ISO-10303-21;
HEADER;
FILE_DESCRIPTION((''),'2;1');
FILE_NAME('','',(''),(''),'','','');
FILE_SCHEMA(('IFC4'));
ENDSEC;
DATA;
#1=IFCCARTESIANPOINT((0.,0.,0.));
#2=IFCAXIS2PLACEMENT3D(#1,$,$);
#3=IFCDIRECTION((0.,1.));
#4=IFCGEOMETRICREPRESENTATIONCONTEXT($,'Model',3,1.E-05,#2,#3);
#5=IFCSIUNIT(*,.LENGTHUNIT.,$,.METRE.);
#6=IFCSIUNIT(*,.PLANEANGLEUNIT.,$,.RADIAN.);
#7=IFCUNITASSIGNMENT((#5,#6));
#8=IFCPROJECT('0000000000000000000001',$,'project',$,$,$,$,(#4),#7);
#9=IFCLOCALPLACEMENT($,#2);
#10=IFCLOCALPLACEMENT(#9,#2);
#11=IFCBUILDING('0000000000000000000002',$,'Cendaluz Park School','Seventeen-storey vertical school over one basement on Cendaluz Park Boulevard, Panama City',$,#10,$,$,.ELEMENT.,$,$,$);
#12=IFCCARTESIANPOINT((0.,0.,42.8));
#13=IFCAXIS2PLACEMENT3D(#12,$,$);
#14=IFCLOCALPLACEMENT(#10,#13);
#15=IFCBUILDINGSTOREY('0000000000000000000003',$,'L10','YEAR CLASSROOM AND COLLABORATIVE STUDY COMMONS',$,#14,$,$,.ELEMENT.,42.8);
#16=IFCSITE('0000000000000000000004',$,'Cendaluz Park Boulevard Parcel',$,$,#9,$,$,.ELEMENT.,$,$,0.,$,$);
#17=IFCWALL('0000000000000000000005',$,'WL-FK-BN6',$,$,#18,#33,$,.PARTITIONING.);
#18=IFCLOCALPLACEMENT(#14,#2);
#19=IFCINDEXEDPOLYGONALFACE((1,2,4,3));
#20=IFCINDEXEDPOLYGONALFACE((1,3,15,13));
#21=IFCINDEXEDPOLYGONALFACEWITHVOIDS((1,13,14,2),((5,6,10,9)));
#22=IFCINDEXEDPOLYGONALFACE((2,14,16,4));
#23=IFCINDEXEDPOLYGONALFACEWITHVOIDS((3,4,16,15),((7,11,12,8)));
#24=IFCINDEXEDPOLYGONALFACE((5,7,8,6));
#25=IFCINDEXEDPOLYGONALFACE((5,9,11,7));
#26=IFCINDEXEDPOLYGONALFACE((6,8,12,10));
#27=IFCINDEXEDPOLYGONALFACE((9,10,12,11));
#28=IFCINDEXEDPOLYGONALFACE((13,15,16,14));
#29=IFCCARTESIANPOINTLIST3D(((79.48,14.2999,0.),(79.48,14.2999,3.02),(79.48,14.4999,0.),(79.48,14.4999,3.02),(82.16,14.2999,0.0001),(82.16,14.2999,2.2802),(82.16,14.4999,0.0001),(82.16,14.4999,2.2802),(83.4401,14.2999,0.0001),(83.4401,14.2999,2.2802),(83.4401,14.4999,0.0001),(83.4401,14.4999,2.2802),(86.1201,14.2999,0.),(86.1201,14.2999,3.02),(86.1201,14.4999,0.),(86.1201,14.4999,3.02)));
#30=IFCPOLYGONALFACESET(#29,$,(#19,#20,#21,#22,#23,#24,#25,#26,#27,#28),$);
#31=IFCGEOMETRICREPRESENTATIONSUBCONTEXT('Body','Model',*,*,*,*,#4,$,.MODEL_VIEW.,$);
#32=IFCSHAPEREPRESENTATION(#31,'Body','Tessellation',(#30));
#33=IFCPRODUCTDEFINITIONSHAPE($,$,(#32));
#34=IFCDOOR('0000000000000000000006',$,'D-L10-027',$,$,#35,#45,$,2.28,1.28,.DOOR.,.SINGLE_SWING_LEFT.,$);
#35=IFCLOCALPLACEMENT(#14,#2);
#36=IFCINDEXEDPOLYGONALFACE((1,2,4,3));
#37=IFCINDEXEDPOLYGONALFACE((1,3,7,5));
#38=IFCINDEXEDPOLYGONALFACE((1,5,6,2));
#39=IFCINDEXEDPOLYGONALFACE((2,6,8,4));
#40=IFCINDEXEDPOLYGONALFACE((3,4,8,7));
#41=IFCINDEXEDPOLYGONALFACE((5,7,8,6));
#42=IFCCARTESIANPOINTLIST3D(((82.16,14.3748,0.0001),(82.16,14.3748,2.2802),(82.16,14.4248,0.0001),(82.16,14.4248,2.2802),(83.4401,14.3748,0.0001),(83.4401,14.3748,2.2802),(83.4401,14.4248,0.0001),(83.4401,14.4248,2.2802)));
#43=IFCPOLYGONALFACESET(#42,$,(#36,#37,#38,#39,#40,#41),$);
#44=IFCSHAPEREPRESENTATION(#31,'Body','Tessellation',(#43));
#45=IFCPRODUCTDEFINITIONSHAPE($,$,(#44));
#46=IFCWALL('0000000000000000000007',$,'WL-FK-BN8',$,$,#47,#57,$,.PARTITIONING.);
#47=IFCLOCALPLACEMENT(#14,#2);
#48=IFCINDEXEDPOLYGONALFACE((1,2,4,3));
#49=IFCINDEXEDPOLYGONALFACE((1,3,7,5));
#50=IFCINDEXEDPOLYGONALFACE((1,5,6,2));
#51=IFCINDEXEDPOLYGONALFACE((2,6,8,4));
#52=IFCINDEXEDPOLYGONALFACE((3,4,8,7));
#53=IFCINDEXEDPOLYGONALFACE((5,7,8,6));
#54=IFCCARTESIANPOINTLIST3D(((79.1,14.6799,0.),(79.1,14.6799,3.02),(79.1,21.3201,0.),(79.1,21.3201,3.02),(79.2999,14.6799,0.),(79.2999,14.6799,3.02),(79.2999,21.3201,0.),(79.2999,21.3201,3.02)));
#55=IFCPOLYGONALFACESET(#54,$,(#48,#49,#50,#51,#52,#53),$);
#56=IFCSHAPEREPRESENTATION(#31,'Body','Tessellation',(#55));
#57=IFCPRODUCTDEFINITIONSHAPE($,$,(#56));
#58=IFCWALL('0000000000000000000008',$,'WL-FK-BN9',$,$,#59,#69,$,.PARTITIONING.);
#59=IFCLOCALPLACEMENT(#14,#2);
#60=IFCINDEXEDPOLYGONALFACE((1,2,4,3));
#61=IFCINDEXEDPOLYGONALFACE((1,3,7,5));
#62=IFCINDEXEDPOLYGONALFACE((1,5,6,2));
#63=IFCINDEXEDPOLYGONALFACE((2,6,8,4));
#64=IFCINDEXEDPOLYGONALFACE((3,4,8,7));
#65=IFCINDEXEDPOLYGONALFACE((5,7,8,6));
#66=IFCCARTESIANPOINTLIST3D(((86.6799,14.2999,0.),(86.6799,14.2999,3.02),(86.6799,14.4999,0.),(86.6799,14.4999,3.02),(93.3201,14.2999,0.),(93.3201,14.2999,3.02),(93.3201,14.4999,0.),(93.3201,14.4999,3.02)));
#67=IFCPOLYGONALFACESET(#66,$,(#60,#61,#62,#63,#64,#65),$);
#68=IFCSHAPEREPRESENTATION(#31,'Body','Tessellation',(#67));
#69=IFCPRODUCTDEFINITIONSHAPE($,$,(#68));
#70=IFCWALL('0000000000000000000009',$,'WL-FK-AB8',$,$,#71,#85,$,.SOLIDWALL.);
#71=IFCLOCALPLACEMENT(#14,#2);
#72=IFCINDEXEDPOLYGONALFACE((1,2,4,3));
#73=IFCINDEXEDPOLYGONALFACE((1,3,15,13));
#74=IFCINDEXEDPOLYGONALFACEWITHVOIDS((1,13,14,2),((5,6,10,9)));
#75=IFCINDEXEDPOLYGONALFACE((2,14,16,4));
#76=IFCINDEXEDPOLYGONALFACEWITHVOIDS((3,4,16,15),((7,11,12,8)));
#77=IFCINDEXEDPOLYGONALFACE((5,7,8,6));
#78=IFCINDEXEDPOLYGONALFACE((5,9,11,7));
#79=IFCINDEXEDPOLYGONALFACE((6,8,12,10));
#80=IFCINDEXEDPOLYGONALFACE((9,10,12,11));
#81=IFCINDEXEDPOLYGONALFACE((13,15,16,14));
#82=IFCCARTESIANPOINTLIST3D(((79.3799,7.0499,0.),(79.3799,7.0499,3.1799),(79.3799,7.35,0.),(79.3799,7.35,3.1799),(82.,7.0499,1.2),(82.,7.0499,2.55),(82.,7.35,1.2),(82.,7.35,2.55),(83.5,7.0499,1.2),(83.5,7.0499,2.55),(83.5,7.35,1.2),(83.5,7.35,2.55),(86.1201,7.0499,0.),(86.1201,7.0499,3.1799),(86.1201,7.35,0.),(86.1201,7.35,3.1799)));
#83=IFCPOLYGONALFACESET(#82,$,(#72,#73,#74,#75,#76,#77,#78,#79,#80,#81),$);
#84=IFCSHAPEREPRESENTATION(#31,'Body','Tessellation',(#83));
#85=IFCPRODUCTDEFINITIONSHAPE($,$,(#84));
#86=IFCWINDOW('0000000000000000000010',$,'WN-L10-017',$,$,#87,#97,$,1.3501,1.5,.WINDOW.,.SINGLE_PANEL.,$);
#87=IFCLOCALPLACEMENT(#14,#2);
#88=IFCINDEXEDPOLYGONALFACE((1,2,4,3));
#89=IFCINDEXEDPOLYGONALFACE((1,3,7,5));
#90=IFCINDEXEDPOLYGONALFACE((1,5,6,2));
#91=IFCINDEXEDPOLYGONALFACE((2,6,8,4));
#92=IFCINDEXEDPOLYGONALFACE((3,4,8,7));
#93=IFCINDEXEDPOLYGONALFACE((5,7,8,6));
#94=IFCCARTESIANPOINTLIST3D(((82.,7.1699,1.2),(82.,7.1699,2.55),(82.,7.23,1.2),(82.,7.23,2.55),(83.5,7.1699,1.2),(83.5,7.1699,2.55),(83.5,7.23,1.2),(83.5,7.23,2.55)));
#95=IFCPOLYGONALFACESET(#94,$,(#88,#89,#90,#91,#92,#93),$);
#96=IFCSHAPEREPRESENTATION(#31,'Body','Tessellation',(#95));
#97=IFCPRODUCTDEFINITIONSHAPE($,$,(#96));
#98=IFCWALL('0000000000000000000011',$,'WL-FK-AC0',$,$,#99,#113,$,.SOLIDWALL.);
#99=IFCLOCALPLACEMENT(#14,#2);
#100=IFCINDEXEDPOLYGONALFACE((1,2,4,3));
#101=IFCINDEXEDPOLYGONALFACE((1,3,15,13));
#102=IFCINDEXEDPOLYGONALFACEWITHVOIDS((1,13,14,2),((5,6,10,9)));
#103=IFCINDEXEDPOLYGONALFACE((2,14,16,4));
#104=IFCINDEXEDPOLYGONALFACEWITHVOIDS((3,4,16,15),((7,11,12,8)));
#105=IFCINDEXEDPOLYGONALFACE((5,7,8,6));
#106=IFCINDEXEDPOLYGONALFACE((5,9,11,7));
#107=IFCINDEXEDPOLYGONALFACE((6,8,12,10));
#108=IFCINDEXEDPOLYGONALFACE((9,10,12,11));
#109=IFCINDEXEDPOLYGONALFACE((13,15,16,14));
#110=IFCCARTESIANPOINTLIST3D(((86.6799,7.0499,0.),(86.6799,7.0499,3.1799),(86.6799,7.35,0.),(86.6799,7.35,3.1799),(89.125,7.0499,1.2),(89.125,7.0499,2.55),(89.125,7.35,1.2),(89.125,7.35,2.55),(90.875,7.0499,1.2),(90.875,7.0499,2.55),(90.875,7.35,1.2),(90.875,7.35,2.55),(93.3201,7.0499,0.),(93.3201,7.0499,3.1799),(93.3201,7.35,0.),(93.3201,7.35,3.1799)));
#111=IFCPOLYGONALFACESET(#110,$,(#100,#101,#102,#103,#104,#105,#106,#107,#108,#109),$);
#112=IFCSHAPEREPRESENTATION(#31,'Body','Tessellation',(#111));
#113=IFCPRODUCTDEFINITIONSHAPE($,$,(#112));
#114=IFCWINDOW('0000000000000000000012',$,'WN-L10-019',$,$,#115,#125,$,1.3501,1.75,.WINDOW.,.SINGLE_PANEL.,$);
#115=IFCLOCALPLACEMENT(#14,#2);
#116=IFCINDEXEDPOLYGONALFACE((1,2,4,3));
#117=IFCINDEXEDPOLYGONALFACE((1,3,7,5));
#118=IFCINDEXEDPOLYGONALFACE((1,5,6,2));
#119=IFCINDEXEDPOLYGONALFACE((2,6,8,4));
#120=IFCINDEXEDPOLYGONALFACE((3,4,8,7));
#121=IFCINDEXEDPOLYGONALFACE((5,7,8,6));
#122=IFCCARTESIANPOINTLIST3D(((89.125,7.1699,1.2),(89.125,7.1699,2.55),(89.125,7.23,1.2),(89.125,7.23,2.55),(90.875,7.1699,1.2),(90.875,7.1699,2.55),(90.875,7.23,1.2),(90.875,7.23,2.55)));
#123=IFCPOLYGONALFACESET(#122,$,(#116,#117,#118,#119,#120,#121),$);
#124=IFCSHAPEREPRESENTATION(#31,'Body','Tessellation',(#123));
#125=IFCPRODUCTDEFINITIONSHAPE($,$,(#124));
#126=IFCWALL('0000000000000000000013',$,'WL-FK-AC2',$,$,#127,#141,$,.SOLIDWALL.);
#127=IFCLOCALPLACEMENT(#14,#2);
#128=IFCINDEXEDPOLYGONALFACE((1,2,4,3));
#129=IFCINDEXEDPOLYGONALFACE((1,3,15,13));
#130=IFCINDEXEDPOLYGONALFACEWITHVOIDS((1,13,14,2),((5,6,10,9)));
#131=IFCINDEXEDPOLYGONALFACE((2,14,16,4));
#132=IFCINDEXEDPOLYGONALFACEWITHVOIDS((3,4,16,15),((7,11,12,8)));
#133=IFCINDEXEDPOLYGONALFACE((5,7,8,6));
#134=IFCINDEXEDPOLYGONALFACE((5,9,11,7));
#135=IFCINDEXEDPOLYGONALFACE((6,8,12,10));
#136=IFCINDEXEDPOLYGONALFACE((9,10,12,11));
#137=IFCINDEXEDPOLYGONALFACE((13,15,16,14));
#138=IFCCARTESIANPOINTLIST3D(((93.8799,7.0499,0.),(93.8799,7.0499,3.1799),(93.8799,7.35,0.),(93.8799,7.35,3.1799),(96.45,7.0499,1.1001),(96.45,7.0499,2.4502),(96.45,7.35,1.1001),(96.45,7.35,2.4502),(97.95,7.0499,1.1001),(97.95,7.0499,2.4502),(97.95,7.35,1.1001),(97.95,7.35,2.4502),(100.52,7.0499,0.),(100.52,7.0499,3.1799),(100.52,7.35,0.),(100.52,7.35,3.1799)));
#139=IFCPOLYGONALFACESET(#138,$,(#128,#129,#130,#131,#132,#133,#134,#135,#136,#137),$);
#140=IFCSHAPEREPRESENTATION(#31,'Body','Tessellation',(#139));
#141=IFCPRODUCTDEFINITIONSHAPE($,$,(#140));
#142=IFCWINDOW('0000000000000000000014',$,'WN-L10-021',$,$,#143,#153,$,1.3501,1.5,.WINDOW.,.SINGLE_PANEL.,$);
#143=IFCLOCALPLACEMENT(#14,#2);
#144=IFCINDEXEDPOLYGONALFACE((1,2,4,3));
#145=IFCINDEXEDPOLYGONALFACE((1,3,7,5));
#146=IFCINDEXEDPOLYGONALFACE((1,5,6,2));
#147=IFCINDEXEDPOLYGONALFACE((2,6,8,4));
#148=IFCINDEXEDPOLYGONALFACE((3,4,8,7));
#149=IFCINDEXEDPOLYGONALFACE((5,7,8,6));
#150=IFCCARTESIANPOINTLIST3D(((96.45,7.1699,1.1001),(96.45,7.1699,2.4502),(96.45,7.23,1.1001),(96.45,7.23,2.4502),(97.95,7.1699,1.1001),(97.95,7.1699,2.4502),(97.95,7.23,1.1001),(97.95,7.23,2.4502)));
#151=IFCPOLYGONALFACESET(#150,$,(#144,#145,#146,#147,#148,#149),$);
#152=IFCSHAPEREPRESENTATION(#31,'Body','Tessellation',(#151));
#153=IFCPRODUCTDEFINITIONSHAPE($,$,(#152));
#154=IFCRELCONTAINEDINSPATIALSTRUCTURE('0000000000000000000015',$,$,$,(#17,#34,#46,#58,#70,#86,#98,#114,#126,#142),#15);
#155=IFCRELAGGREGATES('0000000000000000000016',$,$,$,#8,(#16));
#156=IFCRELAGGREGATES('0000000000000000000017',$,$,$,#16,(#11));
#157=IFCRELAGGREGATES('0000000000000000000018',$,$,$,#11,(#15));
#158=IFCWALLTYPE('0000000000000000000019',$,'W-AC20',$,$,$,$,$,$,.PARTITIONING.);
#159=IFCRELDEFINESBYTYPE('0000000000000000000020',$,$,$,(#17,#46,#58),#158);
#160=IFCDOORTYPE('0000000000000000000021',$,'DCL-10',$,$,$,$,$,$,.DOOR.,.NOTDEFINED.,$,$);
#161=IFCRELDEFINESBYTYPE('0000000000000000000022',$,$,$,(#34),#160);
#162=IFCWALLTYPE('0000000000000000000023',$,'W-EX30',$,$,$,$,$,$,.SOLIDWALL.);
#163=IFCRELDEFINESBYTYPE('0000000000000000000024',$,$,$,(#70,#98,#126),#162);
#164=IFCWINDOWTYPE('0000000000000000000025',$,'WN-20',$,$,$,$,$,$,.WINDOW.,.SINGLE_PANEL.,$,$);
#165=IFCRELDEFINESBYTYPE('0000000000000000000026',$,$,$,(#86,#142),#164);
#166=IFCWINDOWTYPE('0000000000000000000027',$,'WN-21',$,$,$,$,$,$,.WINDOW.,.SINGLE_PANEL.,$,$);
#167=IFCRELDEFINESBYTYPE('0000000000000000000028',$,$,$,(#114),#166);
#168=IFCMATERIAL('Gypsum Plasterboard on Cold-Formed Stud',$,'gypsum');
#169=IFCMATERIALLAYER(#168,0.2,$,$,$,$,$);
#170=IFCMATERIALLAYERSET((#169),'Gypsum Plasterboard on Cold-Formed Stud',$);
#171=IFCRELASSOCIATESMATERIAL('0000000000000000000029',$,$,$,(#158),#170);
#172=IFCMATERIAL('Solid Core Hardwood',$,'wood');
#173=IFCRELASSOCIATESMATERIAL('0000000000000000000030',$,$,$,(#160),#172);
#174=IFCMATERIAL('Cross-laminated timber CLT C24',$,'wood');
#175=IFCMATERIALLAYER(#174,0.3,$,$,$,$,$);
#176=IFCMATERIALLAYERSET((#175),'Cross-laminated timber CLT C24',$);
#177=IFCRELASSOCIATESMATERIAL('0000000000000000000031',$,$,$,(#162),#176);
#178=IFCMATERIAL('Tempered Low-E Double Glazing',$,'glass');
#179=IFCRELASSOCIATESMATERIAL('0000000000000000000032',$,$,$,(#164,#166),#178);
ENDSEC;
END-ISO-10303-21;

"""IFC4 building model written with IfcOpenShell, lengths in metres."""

from ifc_helpers import new_model, si_unit, direction, frame, frame_2d, origin, place, context, subcontext, project, spatial, rectangle, extrude, material, layer, layer_set, type_object, element, fill, save


model = new_model("IFC4")

# Units and contexts
model_context = context("Model", 3, precision=1e-05, world=origin(), true_north=direction((0.0, 1.0)))
body_context = subcontext(model_context, "Body", "Model", "MODEL_VIEW")
ifc_project = project(units=[si_unit("LENGTHUNIT", "METRE"), si_unit("PLANEANGLEUNIT", "RADIAN")], contexts=[model_context])

# Site, building, storey
site_placement = place(None, origin())
site = spatial("IfcSite", under=ifc_project, at=site_placement, Name="Cendaluz Park Boulevard Parcel", CompositionType="ELEMENT", RefElevation=0.0)
building_placement = place(site_placement, origin())
building = spatial("IfcBuilding", under=site, at=building_placement, Name="Cendaluz Park School", Description="Seventeen-storey vertical school over one basement on Cendaluz Park Boulevard, Panama City", CompositionType="ELEMENT")
storey_placement = place(building_placement, frame((0.0, 0.0, 42.8)))
storey = spatial("IfcBuildingStorey", under=building, at=storey_placement, Name="L10", Description="YEAR CLASSROOM AND COLLABORATIVE STUDY COMMONS", CompositionType="ELEMENT", Elevation=42.8)

# Wall, opening, door
ifc_material_1 = material(Name="Gypsum Plasterboard on Cold-Formed Stud", Category="gypsum")
ifc_layer_1 = layer(ifc_material_1, 0.2)
ifc_layer_set_1 = layer_set([ifc_layer_1], Name="Gypsum Plasterboard on Cold-Formed Stud")
wall_type_1 = type_object("IfcWallType", Name="W-AC20", PredefinedType="PARTITIONING", material=ifc_layer_set_1)
wall_1_placement = place(storey_placement, frame((79.48, 14.3999, 0.0), z_axis=(0.0, 0.0, 1.0), x_axis=(1.0, 0.0, 0.0)))
wall_1 = element("IfcWall", 1, at=wall_1_placement, inside=storey, type_object=wall_type_1, Name="WL-FK-BN6", PredefinedType="PARTITIONING", context=body_context, shape_type="SweptSolid", body=[
    extrude(rectangle(XDim=6.6401, YDim=0.2, at=frame_2d((3.3201, 0.0))), origin(), (0.0, 0.0, 1.0), 3.02),
])
opening_1_placement = place(wall_1_placement, frame((2.6799, 0.0, 0.0)))
opening_1 = element("IfcOpeningElement", 2, at=opening_1_placement, cuts=wall_1, PredefinedType="OPENING", context=body_context, shape_type="SweptSolid", body=[
    extrude(rectangle(XDim=1.28, YDim=2.28, at=frame_2d((0.6401, 1.1401))), frame((0.0, 0.1121, 0.0), z_axis=(0.0, -1.0, 0.0), x_axis=(1.0, 0.0, 0.0)), (0.0, 0.0, 1.0), 0.2239),
])
ifc_material_2 = material(Name="Solid Core Hardwood", Category="wood")
door_type = type_object("IfcDoorType", Name="DCL-10", OperationType="NOTDEFINED", PredefinedType="DOOR", material=ifc_material_2)
door_placement = place(opening_1_placement, origin())
door = element("IfcDoor", 3, at=door_placement, inside=storey, type_object=door_type, Name="D-L10-027", OperationType="SINGLE_SWING_LEFT", OverallHeight=2.28, OverallWidth=1.28, PredefinedType="DOOR", context=body_context, shape_type="SweptSolid", body=[
    extrude(rectangle(XDim=1.28, YDim=2.28, at=frame_2d((0.6401, 1.1401))), frame((0.0, 0.0249, 0.0), z_axis=(0.0, -1.0, 0.0), x_axis=(1.0, 0.0, 0.0)), (0.0, 0.0, 1.0), 0.05),
])
fill(opening_1, door)

# Walls
for number, where, z_axis, x_axis, name in (
    (4, (79.2, 14.6799, 0.0), (0.0, 0.0, 1.0), (0.0, 1.0, 0.0), "WL-FK-BN8"),
    (5, (86.6799, 14.3999, 0.0), (0.0, 0.0, 1.0), (1.0, 0.0, 0.0), "WL-FK-BN9"),
):
    element("IfcWall", number, at=place(storey_placement, frame(where, z_axis=z_axis, x_axis=x_axis)), inside=storey, type_object=wall_type_1, Name=name, PredefinedType="PARTITIONING", context=body_context, shape_type="SweptSolid", body=[
        extrude(rectangle(XDim=6.6401, YDim=0.2, at=frame_2d((3.3201, 0.0))), origin(), (0.0, 0.0, 1.0), 3.02),
    ])

# Walls, openings, windows
ifc_material_3 = material(Name="Cross-laminated timber CLT C24", Category="wood")
ifc_layer_2 = layer(ifc_material_3, 0.3)
ifc_layer_set_2 = layer_set([ifc_layer_2], Name="Cross-laminated timber CLT C24")
wall_type_2 = type_object("IfcWallType", Name="W-EX30", PredefinedType="SOLIDWALL", material=ifc_layer_set_2)
wall_2_placement = place(storey_placement, frame((79.3799, 7.2, 0.0), z_axis=(0.0, 0.0, 1.0), x_axis=(1.0, 0.0, 0.0)))
wall_2 = element("IfcWall", 6, at=wall_2_placement, inside=storey, type_object=wall_type_2, Name="WL-FK-AB8", PredefinedType="SOLIDWALL", context=body_context, shape_type="SweptSolid", body=[
    extrude(rectangle(XDim=6.7402, YDim=0.3, at=frame_2d((3.3701, 0.0))), origin(), (0.0, 0.0, 1.0), 3.1799),
])
opening_2_placement = place(wall_2_placement, frame((2.6201, 0.0, 1.2)))
opening_2 = element("IfcOpeningElement", 7, at=opening_2_placement, cuts=wall_2, PredefinedType="OPENING", context=body_context, shape_type="SweptSolid", body=[
    extrude(rectangle(XDim=1.5, YDim=1.3501, at=frame_2d((0.75, 0.675))), frame((0.0, 0.1621, 0.0), z_axis=(0.0, -1.0, 0.0), x_axis=(1.0, 0.0, 0.0)), (0.0, 0.0, 1.0), 0.324),
])
ifc_material_4 = material(Name="Tempered Low-E Double Glazing", Category="glass")
window_type_1 = type_object("IfcWindowType", Name="WN-20", PartitioningType="SINGLE_PANEL", PredefinedType="WINDOW", material=ifc_material_4)
window_1_placement = place(opening_2_placement, origin())
window_1 = element("IfcWindow", 8, at=window_1_placement, inside=storey, type_object=window_type_1, Name="WN-L10-017", OverallHeight=1.3501, OverallWidth=1.5, PartitioningType="SINGLE_PANEL", PredefinedType="WINDOW", context=body_context, shape_type="SweptSolid", body=[
    extrude(rectangle(XDim=1.5, YDim=1.3501, at=frame_2d((0.75, 0.675))), frame((0.0, 0.03, 0.0), z_axis=(0.0, -1.0, 0.0), x_axis=(1.0, 0.0, 0.0)), (0.0, 0.0, 1.0), 0.0601),
])
fill(opening_2, window_1)
wall_3_placement = place(storey_placement, frame((86.6799, 7.2, 0.0), z_axis=(0.0, 0.0, 1.0), x_axis=(1.0, 0.0, 0.0)))
wall_3 = element("IfcWall", 9, at=wall_3_placement, inside=storey, type_object=wall_type_2, Name="WL-FK-AC0", PredefinedType="SOLIDWALL", context=body_context, shape_type="SweptSolid", body=[
    extrude(rectangle(XDim=6.6401, YDim=0.3, at=frame_2d((3.3201, 0.0))), origin(), (0.0, 0.0, 1.0), 3.1799),
])
opening_3_placement = place(wall_3_placement, frame((2.4451, 0.0, 1.2)))
opening_3 = element("IfcOpeningElement", 10, at=opening_3_placement, cuts=wall_3, PredefinedType="OPENING", context=body_context, shape_type="SweptSolid", body=[
    extrude(rectangle(XDim=1.75, YDim=1.3501, at=frame_2d((0.875, 0.675))), frame((0.0, 0.1621, 0.0), z_axis=(0.0, -1.0, 0.0), x_axis=(1.0, 0.0, 0.0)), (0.0, 0.0, 1.0), 0.324),
])
window_type_2 = type_object("IfcWindowType", Name="WN-21", PartitioningType="SINGLE_PANEL", PredefinedType="WINDOW", material=ifc_material_4)
window_2_placement = place(opening_3_placement, origin())
window_2 = element("IfcWindow", 11, at=window_2_placement, inside=storey, type_object=window_type_2, Name="WN-L10-019", OverallHeight=1.3501, OverallWidth=1.75, PartitioningType="SINGLE_PANEL", PredefinedType="WINDOW", context=body_context, shape_type="SweptSolid", body=[
    extrude(rectangle(XDim=1.75, YDim=1.3501, at=frame_2d((0.875, 0.675))), frame((0.0, 0.03, 0.0), z_axis=(0.0, -1.0, 0.0), x_axis=(1.0, 0.0, 0.0)), (0.0, 0.0, 1.0), 0.0601),
])
fill(opening_3, window_2)
wall_4_placement = place(storey_placement, frame((93.8799, 7.2, 0.0), z_axis=(0.0, 0.0, 1.0), x_axis=(1.0, 0.0, 0.0)))
wall_4 = element("IfcWall", 12, at=wall_4_placement, inside=storey, type_object=wall_type_2, Name="WL-FK-AC2", PredefinedType="SOLIDWALL", context=body_context, shape_type="SweptSolid", body=[
    extrude(rectangle(XDim=6.6401, YDim=0.3, at=frame_2d((3.3201, 0.0))), origin(), (0.0, 0.0, 1.0), 3.1799),
])
opening_4_placement = place(wall_4_placement, frame((2.5701, 0.0, 1.1001)))
opening_4 = element("IfcOpeningElement", 13, at=opening_4_placement, cuts=wall_4, PredefinedType="OPENING", context=body_context, shape_type="SweptSolid", body=[
    extrude(rectangle(XDim=1.5, YDim=1.3501, at=frame_2d((0.75, 0.675))), frame((0.0, 0.1621, 0.0), z_axis=(0.0, -1.0, 0.0), x_axis=(1.0, 0.0, 0.0)), (0.0, 0.0, 1.0), 0.324),
])
window_3_placement = place(opening_4_placement, origin())
window_3 = element("IfcWindow", 14, at=window_3_placement, inside=storey, type_object=window_type_1, Name="WN-L10-021", OverallHeight=1.3501, OverallWidth=1.5, PartitioningType="SINGLE_PANEL", PredefinedType="WINDOW", context=body_context, shape_type="SweptSolid", body=[
    extrude(rectangle(XDim=1.5, YDim=1.3501, at=frame_2d((0.75, 0.675))), frame((0.0, 0.03, 0.0), z_axis=(0.0, -1.0, 0.0), x_axis=(1.0, 0.0, 0.0)), (0.0, 0.0, 1.0), 0.0601),
])
fill(opening_4, window_3)

save(model, "model.ifc")
